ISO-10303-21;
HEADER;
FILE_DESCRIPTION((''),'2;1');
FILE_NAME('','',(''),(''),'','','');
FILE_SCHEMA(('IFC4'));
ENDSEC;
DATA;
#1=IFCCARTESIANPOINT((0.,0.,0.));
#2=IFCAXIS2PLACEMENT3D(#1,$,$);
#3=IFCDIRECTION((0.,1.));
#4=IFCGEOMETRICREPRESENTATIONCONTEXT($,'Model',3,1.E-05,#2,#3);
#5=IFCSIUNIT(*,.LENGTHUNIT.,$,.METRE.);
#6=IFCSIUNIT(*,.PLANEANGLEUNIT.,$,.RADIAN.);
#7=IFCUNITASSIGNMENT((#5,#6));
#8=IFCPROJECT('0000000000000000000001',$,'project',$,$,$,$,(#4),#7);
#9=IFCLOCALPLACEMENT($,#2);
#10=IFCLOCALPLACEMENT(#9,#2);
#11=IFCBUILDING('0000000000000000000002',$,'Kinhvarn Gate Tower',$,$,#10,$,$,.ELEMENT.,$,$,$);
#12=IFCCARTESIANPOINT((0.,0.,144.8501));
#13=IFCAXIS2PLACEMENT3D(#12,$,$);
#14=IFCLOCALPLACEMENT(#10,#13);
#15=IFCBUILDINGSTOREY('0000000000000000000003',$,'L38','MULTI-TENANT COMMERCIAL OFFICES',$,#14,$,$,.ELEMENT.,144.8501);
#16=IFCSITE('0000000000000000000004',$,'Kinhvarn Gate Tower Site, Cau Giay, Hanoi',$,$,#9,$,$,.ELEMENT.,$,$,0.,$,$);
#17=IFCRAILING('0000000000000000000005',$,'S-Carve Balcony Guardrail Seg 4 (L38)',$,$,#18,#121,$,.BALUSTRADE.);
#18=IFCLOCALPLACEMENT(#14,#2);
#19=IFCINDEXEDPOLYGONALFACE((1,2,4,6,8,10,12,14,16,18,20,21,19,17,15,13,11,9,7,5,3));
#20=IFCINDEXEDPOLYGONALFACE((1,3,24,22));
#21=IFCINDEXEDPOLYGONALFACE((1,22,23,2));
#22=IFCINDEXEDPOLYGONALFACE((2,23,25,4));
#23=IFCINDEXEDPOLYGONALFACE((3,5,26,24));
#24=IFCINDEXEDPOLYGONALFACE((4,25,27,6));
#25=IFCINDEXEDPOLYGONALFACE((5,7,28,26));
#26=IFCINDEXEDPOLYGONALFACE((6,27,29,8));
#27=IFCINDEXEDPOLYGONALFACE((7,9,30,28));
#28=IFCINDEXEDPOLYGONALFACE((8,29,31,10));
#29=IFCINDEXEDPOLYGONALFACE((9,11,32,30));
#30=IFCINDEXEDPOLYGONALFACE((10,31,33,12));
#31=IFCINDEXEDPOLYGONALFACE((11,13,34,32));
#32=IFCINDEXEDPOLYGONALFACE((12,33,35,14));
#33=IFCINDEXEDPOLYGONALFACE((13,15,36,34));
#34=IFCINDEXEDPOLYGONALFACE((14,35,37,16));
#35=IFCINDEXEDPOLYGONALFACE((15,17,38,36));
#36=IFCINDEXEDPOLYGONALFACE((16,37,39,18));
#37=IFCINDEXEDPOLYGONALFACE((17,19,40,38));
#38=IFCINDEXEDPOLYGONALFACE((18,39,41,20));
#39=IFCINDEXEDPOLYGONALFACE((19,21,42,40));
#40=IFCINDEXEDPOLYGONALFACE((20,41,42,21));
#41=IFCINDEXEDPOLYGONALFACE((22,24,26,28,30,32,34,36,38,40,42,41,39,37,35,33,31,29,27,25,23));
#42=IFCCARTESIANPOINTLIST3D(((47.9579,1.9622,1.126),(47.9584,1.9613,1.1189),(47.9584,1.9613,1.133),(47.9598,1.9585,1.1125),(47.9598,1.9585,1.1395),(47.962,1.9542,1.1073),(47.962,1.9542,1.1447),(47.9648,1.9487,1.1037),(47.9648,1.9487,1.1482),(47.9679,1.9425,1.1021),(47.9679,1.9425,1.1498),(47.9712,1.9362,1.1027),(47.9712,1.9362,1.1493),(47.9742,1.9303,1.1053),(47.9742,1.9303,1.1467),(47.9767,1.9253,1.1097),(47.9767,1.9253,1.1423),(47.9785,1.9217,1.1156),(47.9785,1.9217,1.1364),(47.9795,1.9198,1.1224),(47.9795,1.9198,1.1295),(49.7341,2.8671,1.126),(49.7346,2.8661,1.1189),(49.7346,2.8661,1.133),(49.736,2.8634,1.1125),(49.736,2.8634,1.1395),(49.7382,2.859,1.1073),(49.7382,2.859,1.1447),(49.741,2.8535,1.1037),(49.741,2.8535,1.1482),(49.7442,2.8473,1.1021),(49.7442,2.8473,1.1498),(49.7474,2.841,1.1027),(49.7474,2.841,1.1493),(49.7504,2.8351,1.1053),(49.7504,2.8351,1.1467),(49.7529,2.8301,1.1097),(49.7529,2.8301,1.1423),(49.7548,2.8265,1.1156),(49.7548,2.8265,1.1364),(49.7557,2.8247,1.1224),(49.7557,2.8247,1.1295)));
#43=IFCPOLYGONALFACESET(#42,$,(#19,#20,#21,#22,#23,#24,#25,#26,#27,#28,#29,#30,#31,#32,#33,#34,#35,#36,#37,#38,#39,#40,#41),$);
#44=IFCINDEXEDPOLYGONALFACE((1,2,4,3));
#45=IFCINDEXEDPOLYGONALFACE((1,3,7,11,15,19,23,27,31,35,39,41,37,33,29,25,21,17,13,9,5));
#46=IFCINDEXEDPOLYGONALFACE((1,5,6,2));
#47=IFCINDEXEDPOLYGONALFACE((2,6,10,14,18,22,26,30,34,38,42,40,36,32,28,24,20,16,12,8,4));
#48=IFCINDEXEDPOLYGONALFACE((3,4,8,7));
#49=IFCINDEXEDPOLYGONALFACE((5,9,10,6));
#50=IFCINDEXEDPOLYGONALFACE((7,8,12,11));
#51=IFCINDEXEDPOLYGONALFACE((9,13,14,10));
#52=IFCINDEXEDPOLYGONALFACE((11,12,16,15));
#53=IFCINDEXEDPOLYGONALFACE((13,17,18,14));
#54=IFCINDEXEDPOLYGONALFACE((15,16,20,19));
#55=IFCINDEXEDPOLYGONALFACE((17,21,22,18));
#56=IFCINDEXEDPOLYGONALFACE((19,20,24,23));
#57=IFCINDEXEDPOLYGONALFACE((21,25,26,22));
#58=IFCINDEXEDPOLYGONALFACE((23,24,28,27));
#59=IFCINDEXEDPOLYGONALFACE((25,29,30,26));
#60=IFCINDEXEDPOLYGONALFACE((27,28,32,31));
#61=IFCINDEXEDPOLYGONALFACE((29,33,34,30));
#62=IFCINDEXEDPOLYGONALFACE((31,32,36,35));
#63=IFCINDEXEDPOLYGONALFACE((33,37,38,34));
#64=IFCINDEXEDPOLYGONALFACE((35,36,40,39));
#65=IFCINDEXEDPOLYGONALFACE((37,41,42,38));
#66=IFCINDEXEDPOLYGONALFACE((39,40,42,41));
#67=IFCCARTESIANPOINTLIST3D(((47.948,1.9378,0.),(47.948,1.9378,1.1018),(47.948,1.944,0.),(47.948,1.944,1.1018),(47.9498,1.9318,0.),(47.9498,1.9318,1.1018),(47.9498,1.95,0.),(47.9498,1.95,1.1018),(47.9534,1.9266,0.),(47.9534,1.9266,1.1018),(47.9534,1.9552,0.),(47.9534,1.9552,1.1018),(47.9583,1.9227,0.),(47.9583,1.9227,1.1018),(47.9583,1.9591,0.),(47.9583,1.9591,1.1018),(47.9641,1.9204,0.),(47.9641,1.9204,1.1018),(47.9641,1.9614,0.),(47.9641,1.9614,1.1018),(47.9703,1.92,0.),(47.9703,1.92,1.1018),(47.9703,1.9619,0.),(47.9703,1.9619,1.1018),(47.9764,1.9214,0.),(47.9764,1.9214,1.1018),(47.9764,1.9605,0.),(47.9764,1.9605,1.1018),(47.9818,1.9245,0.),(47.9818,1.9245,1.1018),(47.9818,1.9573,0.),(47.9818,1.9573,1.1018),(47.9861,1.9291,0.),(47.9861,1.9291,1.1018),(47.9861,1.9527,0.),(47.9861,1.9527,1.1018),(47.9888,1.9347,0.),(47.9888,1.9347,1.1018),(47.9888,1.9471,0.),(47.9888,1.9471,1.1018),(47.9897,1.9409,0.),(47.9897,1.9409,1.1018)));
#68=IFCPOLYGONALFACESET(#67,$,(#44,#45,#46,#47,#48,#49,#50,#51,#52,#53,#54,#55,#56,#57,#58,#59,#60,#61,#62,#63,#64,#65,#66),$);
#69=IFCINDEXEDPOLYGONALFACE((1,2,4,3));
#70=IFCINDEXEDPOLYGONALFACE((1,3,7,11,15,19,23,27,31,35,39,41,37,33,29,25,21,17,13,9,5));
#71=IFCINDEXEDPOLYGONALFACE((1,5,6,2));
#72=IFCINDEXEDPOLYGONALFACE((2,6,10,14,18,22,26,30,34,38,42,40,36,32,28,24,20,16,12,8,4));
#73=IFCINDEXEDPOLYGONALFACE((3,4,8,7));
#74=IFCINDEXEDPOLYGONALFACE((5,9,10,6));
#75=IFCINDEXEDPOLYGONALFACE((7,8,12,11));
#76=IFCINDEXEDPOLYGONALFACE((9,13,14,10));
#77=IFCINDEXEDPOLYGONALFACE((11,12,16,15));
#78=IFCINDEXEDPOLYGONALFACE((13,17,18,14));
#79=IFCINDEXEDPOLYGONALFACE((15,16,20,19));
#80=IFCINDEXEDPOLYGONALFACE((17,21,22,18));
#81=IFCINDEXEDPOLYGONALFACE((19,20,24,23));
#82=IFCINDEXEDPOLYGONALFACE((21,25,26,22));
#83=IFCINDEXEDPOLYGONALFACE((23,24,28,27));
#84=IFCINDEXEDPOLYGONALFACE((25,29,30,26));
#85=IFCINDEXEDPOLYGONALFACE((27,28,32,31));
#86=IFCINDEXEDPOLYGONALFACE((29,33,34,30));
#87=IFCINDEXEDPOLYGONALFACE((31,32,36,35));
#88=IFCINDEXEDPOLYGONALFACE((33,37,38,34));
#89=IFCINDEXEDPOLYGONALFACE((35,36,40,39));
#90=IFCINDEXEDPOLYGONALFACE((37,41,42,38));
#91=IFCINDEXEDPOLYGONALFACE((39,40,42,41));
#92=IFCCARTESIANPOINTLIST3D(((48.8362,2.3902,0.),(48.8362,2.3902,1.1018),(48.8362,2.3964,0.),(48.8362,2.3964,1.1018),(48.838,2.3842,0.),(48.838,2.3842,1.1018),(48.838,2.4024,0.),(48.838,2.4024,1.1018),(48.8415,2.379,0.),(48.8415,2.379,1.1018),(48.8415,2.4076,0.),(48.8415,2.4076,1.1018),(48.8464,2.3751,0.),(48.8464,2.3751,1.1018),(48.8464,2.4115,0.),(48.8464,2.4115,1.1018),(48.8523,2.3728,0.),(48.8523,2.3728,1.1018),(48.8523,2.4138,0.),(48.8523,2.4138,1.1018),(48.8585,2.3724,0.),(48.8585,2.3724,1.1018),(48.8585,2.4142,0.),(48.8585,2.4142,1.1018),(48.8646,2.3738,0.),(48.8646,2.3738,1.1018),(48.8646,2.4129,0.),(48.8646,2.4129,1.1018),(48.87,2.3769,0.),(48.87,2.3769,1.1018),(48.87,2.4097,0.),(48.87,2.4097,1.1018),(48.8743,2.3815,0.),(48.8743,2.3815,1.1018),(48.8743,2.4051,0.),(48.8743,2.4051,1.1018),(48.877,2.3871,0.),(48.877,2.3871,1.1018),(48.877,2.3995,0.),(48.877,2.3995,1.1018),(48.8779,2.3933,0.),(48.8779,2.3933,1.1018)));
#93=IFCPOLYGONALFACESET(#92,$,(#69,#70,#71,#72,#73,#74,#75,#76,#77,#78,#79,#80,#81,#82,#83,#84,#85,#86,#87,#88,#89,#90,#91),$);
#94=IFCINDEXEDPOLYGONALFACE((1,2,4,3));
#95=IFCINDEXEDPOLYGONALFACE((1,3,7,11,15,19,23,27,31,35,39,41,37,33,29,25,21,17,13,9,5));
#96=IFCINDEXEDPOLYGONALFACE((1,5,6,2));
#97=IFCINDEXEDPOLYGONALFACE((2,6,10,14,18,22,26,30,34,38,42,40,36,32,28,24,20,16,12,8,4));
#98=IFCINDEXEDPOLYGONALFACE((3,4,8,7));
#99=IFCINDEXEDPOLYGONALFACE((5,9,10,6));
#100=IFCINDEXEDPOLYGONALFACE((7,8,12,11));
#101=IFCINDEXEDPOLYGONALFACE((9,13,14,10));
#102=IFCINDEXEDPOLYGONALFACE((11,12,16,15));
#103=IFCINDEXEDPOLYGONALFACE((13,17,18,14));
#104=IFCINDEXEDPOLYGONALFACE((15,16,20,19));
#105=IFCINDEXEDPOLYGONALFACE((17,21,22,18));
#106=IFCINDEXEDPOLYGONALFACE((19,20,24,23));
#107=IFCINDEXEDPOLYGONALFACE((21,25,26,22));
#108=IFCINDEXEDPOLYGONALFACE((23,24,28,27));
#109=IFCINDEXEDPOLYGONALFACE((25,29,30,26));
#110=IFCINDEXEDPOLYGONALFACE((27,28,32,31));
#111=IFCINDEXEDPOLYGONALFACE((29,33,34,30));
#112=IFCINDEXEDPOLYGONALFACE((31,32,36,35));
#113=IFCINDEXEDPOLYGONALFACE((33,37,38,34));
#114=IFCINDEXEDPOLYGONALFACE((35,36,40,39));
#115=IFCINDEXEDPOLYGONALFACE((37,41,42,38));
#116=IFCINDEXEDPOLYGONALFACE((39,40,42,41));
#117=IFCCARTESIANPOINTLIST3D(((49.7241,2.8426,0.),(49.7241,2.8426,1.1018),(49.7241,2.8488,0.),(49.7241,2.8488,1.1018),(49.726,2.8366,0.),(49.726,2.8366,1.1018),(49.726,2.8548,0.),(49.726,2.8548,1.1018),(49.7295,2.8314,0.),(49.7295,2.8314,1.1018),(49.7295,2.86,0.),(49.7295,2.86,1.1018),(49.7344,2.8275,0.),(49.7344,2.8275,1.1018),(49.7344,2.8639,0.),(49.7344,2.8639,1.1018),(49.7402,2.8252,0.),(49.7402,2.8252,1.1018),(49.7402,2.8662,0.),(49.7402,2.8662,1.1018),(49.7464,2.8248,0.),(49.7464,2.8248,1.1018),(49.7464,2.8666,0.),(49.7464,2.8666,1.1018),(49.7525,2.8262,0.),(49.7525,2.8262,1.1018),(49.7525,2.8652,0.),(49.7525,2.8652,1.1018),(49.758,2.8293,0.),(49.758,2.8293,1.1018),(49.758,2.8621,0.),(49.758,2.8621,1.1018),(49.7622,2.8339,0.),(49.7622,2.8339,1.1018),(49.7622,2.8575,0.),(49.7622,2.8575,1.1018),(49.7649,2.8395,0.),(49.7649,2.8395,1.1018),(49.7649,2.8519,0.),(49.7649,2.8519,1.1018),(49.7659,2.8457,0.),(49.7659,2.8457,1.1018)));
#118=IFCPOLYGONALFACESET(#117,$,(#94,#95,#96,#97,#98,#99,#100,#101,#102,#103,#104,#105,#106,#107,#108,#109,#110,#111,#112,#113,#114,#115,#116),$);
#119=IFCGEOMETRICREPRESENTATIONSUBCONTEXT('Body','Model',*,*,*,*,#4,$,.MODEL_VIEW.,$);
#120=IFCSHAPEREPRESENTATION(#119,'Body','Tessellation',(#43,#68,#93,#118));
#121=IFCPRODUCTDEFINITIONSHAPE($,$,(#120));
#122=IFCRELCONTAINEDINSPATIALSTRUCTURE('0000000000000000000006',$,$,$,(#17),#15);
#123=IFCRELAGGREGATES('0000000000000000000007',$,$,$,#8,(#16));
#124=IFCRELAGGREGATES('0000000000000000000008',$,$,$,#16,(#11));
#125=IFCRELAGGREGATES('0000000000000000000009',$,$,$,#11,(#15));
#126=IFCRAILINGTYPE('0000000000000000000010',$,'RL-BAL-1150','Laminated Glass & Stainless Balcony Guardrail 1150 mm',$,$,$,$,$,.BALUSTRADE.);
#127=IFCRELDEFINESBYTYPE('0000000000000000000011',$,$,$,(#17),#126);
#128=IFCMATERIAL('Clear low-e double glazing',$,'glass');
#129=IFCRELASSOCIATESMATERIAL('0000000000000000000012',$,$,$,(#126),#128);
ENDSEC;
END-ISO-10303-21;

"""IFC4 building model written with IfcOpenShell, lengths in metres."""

from ifc_helpers import new_model, si_unit, direction, frame, origin, origin_2d, place, context, subcontext, project, spatial, circle, extrude, material, type_object, element, save


model = new_model("IFC4")

# Units and contexts
model_context = context("Model", 3, precision=1e-05, world=origin(), true_north=direction((0.0, 1.0)))
body_context = subcontext(model_context, "Body", "Model", "MODEL_VIEW")
ifc_project = project(units=[si_unit("LENGTHUNIT", "METRE"), si_unit("PLANEANGLEUNIT", "RADIAN")], contexts=[model_context])

# Site, building, storey
site_placement = place(None, origin())
site = spatial("IfcSite", under=ifc_project, at=site_placement, Name="Kinhvarn Gate Tower Site, Cau Giay, Hanoi", CompositionType="ELEMENT", RefElevation=0.0)
building_placement = place(site_placement, origin())
building = spatial("IfcBuilding", under=site, at=building_placement, Name="Kinhvarn Gate Tower", CompositionType="ELEMENT")
storey_placement = place(building_placement, frame((0.0, 0.0, 144.8501)))
storey = spatial("IfcBuildingStorey", under=building, at=storey_placement, Name="L38", Description="MULTI-TENANT COMMERCIAL OFFICES", CompositionType="ELEMENT", Elevation=144.8501)

# Shared definitions
ifc_material_1 = material(Name="Clear low-e double glazing", Category="glass")

# Railing
railing_type = type_object("IfcRailingType", Name="RL-BAL-1150", Description="Laminated Glass & Stainless Balcony Guardrail 1150 mm", PredefinedType="BALUSTRADE", material=ifc_material_1)
railing_1_placement = place(storey_placement, frame((47.9688, 1.9409, 0.0)))
element("IfcRailing", 1, at=railing_1_placement, inside=storey, type_object=railing_type, Name="S-Carve Balcony Guardrail Seg 4 (L38)", PredefinedType="BALUSTRADE", context=body_context, shape_type="SweptSolid", body=[
    extrude(circle(Radius=0.0239, at=origin_2d()), frame((0.0, 0.0, 1.126), z_axis=(0.891046, 0.453913, 0.0), x_axis=(-0.453913, 0.891046, 0.0)), (0.0, 0.0, 1.0), 1.9934),
    extrude(circle(Radius=0.021, at=origin_2d()), origin(), (0.0, 0.0, 1.0), 1.1018),
    extrude(circle(Radius=0.021, at=origin_2d()), frame((0.8882, 0.4524, 0.0)), (0.0, 0.0, 1.0), 1.1018),
    extrude(circle(Radius=0.021, at=origin_2d()), frame((1.7761, 0.9048, 0.0)), (0.0, 0.0, 1.0), 1.1018),
])

save(model, "model.ifc")
